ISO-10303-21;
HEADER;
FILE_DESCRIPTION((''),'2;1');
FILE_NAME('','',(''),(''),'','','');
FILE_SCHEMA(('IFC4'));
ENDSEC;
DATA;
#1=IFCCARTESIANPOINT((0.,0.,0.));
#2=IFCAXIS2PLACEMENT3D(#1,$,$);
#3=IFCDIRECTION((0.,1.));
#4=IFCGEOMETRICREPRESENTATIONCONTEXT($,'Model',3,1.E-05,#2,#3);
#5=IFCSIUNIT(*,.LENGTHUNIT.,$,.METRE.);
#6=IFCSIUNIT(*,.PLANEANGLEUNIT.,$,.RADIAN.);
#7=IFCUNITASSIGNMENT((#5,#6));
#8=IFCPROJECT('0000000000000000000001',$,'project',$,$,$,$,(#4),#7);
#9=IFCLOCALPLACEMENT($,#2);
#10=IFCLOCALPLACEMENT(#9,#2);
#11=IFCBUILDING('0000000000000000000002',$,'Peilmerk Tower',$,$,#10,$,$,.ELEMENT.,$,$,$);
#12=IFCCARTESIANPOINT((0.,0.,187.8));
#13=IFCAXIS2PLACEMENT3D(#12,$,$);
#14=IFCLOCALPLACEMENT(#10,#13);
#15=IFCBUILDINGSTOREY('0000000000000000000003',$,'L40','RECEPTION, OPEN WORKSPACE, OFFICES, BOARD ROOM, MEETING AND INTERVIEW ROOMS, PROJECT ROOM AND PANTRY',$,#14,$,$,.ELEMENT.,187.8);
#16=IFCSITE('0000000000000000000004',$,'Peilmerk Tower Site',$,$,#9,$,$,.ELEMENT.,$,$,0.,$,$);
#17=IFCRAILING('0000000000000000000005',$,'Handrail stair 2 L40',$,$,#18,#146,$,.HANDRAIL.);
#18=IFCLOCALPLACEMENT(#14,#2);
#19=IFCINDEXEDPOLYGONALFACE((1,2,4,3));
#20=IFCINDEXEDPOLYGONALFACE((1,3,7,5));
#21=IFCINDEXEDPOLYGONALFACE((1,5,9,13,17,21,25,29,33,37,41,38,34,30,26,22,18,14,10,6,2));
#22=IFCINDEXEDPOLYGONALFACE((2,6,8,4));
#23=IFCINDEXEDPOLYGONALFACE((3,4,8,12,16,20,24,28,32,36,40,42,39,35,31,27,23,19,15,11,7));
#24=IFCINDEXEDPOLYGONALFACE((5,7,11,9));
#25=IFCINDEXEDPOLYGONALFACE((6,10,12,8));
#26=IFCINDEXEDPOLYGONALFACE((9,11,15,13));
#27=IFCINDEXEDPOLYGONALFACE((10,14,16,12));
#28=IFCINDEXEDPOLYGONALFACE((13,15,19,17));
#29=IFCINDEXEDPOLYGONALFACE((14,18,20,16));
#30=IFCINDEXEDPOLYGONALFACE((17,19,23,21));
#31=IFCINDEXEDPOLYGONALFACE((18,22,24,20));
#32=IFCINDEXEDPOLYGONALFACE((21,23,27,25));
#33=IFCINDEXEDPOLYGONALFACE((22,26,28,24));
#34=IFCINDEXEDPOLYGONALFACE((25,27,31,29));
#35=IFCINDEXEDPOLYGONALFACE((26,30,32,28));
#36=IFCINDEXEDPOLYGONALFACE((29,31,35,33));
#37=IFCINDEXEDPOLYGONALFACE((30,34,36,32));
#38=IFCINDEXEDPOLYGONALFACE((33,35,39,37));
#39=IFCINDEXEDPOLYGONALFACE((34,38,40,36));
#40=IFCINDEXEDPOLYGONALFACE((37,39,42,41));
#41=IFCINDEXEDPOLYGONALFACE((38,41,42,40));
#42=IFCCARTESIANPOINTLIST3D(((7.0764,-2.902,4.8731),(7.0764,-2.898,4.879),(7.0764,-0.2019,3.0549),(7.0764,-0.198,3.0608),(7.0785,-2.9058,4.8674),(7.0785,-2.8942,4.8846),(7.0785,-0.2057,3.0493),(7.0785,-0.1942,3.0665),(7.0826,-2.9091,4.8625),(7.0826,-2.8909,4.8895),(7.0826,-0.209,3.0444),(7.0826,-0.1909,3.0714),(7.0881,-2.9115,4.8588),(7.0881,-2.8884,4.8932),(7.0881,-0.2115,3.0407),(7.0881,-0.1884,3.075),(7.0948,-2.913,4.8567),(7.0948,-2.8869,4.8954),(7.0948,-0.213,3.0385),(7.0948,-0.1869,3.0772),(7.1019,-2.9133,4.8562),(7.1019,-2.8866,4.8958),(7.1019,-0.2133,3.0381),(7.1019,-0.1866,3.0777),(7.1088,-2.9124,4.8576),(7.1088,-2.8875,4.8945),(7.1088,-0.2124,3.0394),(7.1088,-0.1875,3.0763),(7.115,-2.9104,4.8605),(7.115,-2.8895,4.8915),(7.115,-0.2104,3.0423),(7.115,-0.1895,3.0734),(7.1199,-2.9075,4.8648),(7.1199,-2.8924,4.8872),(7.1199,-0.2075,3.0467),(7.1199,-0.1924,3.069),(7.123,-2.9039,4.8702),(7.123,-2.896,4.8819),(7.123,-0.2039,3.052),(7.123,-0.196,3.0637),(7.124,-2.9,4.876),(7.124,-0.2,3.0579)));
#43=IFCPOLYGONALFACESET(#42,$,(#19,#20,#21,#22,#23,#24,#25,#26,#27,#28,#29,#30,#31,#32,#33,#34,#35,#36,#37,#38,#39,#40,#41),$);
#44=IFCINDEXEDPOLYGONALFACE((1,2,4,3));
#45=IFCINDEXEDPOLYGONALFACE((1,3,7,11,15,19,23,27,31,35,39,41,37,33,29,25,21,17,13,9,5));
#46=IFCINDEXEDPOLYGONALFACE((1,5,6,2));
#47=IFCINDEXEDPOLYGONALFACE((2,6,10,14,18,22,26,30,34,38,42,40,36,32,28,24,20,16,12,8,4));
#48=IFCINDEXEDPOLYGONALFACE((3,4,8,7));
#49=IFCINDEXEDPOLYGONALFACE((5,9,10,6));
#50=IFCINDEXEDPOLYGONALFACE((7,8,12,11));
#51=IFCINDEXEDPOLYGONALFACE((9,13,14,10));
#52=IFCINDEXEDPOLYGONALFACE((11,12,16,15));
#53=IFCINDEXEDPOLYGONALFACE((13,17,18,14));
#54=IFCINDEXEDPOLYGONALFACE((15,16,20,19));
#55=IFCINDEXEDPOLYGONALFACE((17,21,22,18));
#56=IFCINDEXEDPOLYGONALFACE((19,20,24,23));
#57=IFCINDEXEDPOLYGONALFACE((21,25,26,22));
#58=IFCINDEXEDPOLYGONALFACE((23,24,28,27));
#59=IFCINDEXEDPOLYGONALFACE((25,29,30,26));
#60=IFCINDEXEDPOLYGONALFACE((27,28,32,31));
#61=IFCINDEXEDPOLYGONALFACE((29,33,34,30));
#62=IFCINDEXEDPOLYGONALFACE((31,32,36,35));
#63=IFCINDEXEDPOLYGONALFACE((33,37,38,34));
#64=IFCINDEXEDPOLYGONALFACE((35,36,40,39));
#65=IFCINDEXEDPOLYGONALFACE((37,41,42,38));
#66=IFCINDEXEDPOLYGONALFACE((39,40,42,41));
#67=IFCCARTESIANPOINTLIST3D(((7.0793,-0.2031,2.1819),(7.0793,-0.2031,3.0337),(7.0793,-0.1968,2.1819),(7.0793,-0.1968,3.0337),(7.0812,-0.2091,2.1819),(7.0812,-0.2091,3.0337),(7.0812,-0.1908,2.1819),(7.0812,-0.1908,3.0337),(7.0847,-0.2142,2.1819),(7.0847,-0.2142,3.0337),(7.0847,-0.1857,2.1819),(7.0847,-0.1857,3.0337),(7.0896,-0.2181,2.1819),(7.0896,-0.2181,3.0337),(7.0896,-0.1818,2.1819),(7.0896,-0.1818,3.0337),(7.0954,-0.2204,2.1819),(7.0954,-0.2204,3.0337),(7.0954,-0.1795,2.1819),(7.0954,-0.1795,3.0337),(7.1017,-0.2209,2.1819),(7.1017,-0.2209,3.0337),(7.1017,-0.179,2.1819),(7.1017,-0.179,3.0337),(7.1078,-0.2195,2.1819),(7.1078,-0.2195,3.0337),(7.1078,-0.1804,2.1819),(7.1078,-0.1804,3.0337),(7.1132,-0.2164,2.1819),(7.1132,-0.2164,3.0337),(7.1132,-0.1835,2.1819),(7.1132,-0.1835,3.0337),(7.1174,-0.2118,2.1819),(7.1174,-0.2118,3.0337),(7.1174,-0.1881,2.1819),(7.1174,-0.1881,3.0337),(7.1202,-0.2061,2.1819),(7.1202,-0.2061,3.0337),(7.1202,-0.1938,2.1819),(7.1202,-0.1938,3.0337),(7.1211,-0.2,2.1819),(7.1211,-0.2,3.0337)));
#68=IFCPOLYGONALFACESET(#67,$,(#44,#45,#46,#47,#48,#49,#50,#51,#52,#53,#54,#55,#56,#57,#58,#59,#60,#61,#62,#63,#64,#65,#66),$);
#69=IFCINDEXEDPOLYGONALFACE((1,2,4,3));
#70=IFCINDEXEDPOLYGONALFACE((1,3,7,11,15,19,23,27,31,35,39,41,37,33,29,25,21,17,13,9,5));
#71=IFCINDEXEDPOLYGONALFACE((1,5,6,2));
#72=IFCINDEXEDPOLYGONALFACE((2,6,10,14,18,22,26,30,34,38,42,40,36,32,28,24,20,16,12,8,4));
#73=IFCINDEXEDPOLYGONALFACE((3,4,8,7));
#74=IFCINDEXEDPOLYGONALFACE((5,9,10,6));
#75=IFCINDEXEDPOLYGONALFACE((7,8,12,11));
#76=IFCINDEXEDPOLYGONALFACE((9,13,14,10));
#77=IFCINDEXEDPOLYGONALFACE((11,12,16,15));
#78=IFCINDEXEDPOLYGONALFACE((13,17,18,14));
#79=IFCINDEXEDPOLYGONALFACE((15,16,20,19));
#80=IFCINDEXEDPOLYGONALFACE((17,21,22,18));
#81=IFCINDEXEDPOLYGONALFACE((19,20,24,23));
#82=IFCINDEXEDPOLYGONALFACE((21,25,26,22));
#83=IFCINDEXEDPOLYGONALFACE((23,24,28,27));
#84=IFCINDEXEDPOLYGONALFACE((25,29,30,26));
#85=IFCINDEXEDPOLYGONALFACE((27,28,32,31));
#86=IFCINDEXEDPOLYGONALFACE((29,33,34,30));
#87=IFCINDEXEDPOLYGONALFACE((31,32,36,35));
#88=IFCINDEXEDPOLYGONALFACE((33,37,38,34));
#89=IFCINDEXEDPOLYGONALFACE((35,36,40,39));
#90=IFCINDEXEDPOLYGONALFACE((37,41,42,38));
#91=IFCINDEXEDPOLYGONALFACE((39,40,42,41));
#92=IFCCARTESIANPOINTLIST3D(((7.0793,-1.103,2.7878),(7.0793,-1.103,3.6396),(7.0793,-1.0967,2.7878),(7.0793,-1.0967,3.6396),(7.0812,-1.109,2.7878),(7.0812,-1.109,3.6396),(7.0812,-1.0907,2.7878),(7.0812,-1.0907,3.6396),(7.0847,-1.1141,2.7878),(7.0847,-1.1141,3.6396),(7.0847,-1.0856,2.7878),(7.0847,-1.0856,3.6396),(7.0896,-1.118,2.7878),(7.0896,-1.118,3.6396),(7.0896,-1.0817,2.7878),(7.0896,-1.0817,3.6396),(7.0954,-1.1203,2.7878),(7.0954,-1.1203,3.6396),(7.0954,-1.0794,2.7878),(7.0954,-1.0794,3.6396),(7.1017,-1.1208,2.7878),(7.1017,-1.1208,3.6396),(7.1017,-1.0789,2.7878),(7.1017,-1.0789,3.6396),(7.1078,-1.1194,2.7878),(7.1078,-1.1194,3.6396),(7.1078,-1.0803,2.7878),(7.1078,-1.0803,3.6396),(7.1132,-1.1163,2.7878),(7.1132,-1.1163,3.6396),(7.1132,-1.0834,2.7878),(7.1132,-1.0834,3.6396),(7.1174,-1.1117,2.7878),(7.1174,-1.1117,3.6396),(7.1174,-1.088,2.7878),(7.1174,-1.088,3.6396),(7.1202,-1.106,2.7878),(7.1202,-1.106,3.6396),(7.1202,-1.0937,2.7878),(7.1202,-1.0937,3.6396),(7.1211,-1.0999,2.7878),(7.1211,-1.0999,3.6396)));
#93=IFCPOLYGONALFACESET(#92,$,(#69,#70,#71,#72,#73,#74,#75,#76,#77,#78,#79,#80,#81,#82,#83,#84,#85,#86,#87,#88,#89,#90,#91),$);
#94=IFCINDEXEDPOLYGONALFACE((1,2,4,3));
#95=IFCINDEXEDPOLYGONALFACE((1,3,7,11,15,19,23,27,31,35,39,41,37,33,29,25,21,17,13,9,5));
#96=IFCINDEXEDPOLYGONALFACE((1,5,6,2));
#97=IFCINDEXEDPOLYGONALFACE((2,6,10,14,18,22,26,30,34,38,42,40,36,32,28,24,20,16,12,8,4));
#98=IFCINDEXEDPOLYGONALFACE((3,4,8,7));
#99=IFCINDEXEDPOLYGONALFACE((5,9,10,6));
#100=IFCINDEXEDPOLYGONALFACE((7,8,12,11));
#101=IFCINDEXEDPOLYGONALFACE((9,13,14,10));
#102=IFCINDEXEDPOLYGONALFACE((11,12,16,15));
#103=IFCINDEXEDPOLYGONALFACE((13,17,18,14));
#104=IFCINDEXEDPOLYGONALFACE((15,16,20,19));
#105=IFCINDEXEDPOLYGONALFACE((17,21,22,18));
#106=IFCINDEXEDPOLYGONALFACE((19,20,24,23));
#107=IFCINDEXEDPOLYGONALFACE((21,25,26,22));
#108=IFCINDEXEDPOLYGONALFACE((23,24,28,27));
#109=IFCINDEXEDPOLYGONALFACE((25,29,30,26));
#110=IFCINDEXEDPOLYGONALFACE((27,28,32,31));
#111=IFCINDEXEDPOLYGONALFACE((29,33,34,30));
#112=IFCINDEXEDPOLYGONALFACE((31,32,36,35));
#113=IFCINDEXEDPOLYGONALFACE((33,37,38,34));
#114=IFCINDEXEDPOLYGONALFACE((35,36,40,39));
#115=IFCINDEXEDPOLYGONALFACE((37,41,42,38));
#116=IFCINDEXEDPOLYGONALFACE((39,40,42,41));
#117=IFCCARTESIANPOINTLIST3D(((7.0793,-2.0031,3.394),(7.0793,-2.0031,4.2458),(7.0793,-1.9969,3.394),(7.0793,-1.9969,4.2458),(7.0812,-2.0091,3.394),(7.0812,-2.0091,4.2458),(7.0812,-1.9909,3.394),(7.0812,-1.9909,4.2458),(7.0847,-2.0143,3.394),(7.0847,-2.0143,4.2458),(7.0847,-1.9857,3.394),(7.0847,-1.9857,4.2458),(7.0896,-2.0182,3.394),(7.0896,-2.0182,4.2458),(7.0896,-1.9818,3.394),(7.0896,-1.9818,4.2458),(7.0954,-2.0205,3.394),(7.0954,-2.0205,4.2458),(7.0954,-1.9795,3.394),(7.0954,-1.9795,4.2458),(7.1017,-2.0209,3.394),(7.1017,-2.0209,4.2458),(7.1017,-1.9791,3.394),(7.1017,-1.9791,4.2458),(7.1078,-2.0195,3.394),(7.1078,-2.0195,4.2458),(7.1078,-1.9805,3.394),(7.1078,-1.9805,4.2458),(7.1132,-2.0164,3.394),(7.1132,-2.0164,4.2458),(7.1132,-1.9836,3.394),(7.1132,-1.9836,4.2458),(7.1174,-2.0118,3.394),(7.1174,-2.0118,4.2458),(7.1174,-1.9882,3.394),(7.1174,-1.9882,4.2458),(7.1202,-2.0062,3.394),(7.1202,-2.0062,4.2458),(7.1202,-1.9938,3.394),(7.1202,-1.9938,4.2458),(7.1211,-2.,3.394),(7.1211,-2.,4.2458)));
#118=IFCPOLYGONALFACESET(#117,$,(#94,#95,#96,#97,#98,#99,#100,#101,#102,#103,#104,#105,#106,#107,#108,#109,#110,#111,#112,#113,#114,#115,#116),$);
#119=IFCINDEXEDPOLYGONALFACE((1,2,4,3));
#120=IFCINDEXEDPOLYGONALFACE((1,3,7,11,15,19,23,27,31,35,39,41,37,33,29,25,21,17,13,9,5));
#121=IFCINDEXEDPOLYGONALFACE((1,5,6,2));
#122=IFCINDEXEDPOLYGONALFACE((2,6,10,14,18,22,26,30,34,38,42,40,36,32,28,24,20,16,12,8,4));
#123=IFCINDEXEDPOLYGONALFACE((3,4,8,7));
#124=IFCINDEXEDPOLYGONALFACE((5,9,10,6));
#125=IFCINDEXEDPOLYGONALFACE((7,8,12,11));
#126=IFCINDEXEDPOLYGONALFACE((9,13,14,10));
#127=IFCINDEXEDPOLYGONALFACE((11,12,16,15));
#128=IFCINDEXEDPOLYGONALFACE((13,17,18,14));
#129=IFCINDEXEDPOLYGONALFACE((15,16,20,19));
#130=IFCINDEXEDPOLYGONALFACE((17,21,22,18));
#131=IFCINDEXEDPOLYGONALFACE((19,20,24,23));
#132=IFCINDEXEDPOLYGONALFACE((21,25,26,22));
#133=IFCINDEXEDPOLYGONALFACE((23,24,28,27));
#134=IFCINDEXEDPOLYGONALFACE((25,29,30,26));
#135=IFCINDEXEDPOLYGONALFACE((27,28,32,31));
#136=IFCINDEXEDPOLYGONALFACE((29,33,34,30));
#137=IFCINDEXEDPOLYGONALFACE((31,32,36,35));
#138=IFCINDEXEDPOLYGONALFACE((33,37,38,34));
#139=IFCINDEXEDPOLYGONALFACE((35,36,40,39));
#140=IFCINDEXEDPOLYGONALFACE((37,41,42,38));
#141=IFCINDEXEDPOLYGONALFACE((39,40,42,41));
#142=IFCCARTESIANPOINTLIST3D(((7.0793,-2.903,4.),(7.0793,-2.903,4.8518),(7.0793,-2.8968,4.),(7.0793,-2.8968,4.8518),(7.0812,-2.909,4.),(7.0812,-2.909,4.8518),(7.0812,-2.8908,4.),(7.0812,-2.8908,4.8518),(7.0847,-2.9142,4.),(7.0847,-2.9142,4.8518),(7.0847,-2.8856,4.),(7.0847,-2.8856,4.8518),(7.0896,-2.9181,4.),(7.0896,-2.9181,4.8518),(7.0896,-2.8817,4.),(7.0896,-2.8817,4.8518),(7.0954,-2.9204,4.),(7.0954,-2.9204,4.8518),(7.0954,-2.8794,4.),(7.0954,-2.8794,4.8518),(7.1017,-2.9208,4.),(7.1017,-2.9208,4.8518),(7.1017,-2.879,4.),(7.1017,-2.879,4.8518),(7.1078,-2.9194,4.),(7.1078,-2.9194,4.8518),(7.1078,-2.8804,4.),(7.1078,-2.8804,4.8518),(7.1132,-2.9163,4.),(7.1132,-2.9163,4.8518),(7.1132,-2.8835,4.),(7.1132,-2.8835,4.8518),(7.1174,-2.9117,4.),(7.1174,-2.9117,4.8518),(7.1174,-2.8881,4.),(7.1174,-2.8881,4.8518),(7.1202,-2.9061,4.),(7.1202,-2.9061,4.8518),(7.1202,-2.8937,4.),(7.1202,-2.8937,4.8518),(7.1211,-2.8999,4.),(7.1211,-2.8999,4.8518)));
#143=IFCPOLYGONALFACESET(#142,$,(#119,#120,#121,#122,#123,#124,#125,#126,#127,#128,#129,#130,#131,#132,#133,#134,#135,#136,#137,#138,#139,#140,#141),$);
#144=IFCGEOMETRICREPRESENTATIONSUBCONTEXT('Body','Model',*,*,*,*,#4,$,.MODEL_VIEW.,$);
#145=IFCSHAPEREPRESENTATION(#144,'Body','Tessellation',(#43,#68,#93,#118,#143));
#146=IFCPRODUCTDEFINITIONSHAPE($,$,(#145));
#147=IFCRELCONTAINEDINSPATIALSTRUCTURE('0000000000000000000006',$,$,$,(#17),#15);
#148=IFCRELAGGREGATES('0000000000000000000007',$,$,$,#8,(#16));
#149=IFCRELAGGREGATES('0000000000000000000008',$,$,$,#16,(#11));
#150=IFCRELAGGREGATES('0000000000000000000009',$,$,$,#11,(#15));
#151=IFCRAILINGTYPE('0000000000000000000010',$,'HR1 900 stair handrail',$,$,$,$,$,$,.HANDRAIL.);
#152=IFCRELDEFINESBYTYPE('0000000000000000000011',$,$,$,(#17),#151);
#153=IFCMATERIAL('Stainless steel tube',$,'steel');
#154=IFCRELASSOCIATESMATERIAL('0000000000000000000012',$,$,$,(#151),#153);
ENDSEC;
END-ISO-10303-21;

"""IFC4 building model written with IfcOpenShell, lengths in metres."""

from ifc_helpers import new_model, si_unit, direction, frame, origin, origin_2d, place, context, subcontext, project, spatial, circle, extrude, material, type_object, element, save


model = new_model("IFC4")

# Units and contexts
model_context = context("Model", 3, precision=1e-05, world=origin(), true_north=direction((0.0, 1.0)))
body_context = subcontext(model_context, "Body", "Model", "MODEL_VIEW")
ifc_project = project(units=[si_unit("LENGTHUNIT", "METRE"), si_unit("PLANEANGLEUNIT", "RADIAN")], contexts=[model_context])

# Site, building, storey
site_placement = place(None, origin())
site = spatial("IfcSite", under=ifc_project, at=site_placement, Name="Peilmerk Tower Site", CompositionType="ELEMENT", RefElevation=0.0)
building_placement = place(site_placement, origin())
building = spatial("IfcBuilding", under=site, at=building_placement, Name="Peilmerk Tower", CompositionType="ELEMENT")
storey_placement = place(building_placement, frame((0.0, 0.0, 187.8)))
storey = spatial("IfcBuildingStorey", under=building, at=storey_placement, Name="L40", Description="RECEPTION, OPEN WORKSPACE, OFFICES, BOARD ROOM, MEETING AND INTERVIEW ROOMS, PROJECT ROOM AND PANTRY", CompositionType="ELEMENT", Elevation=187.8)

# Railing
ifc_material_1 = material(Name="Stainless steel tube", Category="steel")
railing_type_1 = type_object("IfcRailingType", Name="HR1 900 stair handrail", PredefinedType="HANDRAIL", material=ifc_material_1)
railing_1_placement = place(storey_placement, frame((7.1001, -0.2, 2.1819)))
element("IfcRailing", 1, at=railing_1_placement, inside=storey, type_object=railing_type_1, Name="Handrail stair 2 L40", PredefinedType="HANDRAIL", context=body_context, shape_type="SweptSolid", body=[
    extrude(circle(Radius=0.0239, at=origin_2d()), frame((0.0, 0.0, 0.876), z_axis=(0.0, -0.829468, 0.558554), x_axis=(1.0, 0.0, 0.0)), (0.0, 0.0, 1.0), 3.2551),
    extrude(circle(Radius=0.021, at=origin_2d()), origin(), (0.0, 0.0, 1.0), 0.8518),
    extrude(circle(Radius=0.021, at=origin_2d()), frame((0.0, -0.8999, 0.606)), (0.0, 0.0, 1.0), 0.8518),
    extrude(circle(Radius=0.021, at=origin_2d()), frame((0.0, -1.8, 1.2122)), (0.0, 0.0, 1.0), 0.8518),
    extrude(circle(Radius=0.021, at=origin_2d()), frame((0.0, -2.7, 1.8181)), (0.0, 0.0, 1.0), 0.8518),
])

save(model, "model.ifc")
